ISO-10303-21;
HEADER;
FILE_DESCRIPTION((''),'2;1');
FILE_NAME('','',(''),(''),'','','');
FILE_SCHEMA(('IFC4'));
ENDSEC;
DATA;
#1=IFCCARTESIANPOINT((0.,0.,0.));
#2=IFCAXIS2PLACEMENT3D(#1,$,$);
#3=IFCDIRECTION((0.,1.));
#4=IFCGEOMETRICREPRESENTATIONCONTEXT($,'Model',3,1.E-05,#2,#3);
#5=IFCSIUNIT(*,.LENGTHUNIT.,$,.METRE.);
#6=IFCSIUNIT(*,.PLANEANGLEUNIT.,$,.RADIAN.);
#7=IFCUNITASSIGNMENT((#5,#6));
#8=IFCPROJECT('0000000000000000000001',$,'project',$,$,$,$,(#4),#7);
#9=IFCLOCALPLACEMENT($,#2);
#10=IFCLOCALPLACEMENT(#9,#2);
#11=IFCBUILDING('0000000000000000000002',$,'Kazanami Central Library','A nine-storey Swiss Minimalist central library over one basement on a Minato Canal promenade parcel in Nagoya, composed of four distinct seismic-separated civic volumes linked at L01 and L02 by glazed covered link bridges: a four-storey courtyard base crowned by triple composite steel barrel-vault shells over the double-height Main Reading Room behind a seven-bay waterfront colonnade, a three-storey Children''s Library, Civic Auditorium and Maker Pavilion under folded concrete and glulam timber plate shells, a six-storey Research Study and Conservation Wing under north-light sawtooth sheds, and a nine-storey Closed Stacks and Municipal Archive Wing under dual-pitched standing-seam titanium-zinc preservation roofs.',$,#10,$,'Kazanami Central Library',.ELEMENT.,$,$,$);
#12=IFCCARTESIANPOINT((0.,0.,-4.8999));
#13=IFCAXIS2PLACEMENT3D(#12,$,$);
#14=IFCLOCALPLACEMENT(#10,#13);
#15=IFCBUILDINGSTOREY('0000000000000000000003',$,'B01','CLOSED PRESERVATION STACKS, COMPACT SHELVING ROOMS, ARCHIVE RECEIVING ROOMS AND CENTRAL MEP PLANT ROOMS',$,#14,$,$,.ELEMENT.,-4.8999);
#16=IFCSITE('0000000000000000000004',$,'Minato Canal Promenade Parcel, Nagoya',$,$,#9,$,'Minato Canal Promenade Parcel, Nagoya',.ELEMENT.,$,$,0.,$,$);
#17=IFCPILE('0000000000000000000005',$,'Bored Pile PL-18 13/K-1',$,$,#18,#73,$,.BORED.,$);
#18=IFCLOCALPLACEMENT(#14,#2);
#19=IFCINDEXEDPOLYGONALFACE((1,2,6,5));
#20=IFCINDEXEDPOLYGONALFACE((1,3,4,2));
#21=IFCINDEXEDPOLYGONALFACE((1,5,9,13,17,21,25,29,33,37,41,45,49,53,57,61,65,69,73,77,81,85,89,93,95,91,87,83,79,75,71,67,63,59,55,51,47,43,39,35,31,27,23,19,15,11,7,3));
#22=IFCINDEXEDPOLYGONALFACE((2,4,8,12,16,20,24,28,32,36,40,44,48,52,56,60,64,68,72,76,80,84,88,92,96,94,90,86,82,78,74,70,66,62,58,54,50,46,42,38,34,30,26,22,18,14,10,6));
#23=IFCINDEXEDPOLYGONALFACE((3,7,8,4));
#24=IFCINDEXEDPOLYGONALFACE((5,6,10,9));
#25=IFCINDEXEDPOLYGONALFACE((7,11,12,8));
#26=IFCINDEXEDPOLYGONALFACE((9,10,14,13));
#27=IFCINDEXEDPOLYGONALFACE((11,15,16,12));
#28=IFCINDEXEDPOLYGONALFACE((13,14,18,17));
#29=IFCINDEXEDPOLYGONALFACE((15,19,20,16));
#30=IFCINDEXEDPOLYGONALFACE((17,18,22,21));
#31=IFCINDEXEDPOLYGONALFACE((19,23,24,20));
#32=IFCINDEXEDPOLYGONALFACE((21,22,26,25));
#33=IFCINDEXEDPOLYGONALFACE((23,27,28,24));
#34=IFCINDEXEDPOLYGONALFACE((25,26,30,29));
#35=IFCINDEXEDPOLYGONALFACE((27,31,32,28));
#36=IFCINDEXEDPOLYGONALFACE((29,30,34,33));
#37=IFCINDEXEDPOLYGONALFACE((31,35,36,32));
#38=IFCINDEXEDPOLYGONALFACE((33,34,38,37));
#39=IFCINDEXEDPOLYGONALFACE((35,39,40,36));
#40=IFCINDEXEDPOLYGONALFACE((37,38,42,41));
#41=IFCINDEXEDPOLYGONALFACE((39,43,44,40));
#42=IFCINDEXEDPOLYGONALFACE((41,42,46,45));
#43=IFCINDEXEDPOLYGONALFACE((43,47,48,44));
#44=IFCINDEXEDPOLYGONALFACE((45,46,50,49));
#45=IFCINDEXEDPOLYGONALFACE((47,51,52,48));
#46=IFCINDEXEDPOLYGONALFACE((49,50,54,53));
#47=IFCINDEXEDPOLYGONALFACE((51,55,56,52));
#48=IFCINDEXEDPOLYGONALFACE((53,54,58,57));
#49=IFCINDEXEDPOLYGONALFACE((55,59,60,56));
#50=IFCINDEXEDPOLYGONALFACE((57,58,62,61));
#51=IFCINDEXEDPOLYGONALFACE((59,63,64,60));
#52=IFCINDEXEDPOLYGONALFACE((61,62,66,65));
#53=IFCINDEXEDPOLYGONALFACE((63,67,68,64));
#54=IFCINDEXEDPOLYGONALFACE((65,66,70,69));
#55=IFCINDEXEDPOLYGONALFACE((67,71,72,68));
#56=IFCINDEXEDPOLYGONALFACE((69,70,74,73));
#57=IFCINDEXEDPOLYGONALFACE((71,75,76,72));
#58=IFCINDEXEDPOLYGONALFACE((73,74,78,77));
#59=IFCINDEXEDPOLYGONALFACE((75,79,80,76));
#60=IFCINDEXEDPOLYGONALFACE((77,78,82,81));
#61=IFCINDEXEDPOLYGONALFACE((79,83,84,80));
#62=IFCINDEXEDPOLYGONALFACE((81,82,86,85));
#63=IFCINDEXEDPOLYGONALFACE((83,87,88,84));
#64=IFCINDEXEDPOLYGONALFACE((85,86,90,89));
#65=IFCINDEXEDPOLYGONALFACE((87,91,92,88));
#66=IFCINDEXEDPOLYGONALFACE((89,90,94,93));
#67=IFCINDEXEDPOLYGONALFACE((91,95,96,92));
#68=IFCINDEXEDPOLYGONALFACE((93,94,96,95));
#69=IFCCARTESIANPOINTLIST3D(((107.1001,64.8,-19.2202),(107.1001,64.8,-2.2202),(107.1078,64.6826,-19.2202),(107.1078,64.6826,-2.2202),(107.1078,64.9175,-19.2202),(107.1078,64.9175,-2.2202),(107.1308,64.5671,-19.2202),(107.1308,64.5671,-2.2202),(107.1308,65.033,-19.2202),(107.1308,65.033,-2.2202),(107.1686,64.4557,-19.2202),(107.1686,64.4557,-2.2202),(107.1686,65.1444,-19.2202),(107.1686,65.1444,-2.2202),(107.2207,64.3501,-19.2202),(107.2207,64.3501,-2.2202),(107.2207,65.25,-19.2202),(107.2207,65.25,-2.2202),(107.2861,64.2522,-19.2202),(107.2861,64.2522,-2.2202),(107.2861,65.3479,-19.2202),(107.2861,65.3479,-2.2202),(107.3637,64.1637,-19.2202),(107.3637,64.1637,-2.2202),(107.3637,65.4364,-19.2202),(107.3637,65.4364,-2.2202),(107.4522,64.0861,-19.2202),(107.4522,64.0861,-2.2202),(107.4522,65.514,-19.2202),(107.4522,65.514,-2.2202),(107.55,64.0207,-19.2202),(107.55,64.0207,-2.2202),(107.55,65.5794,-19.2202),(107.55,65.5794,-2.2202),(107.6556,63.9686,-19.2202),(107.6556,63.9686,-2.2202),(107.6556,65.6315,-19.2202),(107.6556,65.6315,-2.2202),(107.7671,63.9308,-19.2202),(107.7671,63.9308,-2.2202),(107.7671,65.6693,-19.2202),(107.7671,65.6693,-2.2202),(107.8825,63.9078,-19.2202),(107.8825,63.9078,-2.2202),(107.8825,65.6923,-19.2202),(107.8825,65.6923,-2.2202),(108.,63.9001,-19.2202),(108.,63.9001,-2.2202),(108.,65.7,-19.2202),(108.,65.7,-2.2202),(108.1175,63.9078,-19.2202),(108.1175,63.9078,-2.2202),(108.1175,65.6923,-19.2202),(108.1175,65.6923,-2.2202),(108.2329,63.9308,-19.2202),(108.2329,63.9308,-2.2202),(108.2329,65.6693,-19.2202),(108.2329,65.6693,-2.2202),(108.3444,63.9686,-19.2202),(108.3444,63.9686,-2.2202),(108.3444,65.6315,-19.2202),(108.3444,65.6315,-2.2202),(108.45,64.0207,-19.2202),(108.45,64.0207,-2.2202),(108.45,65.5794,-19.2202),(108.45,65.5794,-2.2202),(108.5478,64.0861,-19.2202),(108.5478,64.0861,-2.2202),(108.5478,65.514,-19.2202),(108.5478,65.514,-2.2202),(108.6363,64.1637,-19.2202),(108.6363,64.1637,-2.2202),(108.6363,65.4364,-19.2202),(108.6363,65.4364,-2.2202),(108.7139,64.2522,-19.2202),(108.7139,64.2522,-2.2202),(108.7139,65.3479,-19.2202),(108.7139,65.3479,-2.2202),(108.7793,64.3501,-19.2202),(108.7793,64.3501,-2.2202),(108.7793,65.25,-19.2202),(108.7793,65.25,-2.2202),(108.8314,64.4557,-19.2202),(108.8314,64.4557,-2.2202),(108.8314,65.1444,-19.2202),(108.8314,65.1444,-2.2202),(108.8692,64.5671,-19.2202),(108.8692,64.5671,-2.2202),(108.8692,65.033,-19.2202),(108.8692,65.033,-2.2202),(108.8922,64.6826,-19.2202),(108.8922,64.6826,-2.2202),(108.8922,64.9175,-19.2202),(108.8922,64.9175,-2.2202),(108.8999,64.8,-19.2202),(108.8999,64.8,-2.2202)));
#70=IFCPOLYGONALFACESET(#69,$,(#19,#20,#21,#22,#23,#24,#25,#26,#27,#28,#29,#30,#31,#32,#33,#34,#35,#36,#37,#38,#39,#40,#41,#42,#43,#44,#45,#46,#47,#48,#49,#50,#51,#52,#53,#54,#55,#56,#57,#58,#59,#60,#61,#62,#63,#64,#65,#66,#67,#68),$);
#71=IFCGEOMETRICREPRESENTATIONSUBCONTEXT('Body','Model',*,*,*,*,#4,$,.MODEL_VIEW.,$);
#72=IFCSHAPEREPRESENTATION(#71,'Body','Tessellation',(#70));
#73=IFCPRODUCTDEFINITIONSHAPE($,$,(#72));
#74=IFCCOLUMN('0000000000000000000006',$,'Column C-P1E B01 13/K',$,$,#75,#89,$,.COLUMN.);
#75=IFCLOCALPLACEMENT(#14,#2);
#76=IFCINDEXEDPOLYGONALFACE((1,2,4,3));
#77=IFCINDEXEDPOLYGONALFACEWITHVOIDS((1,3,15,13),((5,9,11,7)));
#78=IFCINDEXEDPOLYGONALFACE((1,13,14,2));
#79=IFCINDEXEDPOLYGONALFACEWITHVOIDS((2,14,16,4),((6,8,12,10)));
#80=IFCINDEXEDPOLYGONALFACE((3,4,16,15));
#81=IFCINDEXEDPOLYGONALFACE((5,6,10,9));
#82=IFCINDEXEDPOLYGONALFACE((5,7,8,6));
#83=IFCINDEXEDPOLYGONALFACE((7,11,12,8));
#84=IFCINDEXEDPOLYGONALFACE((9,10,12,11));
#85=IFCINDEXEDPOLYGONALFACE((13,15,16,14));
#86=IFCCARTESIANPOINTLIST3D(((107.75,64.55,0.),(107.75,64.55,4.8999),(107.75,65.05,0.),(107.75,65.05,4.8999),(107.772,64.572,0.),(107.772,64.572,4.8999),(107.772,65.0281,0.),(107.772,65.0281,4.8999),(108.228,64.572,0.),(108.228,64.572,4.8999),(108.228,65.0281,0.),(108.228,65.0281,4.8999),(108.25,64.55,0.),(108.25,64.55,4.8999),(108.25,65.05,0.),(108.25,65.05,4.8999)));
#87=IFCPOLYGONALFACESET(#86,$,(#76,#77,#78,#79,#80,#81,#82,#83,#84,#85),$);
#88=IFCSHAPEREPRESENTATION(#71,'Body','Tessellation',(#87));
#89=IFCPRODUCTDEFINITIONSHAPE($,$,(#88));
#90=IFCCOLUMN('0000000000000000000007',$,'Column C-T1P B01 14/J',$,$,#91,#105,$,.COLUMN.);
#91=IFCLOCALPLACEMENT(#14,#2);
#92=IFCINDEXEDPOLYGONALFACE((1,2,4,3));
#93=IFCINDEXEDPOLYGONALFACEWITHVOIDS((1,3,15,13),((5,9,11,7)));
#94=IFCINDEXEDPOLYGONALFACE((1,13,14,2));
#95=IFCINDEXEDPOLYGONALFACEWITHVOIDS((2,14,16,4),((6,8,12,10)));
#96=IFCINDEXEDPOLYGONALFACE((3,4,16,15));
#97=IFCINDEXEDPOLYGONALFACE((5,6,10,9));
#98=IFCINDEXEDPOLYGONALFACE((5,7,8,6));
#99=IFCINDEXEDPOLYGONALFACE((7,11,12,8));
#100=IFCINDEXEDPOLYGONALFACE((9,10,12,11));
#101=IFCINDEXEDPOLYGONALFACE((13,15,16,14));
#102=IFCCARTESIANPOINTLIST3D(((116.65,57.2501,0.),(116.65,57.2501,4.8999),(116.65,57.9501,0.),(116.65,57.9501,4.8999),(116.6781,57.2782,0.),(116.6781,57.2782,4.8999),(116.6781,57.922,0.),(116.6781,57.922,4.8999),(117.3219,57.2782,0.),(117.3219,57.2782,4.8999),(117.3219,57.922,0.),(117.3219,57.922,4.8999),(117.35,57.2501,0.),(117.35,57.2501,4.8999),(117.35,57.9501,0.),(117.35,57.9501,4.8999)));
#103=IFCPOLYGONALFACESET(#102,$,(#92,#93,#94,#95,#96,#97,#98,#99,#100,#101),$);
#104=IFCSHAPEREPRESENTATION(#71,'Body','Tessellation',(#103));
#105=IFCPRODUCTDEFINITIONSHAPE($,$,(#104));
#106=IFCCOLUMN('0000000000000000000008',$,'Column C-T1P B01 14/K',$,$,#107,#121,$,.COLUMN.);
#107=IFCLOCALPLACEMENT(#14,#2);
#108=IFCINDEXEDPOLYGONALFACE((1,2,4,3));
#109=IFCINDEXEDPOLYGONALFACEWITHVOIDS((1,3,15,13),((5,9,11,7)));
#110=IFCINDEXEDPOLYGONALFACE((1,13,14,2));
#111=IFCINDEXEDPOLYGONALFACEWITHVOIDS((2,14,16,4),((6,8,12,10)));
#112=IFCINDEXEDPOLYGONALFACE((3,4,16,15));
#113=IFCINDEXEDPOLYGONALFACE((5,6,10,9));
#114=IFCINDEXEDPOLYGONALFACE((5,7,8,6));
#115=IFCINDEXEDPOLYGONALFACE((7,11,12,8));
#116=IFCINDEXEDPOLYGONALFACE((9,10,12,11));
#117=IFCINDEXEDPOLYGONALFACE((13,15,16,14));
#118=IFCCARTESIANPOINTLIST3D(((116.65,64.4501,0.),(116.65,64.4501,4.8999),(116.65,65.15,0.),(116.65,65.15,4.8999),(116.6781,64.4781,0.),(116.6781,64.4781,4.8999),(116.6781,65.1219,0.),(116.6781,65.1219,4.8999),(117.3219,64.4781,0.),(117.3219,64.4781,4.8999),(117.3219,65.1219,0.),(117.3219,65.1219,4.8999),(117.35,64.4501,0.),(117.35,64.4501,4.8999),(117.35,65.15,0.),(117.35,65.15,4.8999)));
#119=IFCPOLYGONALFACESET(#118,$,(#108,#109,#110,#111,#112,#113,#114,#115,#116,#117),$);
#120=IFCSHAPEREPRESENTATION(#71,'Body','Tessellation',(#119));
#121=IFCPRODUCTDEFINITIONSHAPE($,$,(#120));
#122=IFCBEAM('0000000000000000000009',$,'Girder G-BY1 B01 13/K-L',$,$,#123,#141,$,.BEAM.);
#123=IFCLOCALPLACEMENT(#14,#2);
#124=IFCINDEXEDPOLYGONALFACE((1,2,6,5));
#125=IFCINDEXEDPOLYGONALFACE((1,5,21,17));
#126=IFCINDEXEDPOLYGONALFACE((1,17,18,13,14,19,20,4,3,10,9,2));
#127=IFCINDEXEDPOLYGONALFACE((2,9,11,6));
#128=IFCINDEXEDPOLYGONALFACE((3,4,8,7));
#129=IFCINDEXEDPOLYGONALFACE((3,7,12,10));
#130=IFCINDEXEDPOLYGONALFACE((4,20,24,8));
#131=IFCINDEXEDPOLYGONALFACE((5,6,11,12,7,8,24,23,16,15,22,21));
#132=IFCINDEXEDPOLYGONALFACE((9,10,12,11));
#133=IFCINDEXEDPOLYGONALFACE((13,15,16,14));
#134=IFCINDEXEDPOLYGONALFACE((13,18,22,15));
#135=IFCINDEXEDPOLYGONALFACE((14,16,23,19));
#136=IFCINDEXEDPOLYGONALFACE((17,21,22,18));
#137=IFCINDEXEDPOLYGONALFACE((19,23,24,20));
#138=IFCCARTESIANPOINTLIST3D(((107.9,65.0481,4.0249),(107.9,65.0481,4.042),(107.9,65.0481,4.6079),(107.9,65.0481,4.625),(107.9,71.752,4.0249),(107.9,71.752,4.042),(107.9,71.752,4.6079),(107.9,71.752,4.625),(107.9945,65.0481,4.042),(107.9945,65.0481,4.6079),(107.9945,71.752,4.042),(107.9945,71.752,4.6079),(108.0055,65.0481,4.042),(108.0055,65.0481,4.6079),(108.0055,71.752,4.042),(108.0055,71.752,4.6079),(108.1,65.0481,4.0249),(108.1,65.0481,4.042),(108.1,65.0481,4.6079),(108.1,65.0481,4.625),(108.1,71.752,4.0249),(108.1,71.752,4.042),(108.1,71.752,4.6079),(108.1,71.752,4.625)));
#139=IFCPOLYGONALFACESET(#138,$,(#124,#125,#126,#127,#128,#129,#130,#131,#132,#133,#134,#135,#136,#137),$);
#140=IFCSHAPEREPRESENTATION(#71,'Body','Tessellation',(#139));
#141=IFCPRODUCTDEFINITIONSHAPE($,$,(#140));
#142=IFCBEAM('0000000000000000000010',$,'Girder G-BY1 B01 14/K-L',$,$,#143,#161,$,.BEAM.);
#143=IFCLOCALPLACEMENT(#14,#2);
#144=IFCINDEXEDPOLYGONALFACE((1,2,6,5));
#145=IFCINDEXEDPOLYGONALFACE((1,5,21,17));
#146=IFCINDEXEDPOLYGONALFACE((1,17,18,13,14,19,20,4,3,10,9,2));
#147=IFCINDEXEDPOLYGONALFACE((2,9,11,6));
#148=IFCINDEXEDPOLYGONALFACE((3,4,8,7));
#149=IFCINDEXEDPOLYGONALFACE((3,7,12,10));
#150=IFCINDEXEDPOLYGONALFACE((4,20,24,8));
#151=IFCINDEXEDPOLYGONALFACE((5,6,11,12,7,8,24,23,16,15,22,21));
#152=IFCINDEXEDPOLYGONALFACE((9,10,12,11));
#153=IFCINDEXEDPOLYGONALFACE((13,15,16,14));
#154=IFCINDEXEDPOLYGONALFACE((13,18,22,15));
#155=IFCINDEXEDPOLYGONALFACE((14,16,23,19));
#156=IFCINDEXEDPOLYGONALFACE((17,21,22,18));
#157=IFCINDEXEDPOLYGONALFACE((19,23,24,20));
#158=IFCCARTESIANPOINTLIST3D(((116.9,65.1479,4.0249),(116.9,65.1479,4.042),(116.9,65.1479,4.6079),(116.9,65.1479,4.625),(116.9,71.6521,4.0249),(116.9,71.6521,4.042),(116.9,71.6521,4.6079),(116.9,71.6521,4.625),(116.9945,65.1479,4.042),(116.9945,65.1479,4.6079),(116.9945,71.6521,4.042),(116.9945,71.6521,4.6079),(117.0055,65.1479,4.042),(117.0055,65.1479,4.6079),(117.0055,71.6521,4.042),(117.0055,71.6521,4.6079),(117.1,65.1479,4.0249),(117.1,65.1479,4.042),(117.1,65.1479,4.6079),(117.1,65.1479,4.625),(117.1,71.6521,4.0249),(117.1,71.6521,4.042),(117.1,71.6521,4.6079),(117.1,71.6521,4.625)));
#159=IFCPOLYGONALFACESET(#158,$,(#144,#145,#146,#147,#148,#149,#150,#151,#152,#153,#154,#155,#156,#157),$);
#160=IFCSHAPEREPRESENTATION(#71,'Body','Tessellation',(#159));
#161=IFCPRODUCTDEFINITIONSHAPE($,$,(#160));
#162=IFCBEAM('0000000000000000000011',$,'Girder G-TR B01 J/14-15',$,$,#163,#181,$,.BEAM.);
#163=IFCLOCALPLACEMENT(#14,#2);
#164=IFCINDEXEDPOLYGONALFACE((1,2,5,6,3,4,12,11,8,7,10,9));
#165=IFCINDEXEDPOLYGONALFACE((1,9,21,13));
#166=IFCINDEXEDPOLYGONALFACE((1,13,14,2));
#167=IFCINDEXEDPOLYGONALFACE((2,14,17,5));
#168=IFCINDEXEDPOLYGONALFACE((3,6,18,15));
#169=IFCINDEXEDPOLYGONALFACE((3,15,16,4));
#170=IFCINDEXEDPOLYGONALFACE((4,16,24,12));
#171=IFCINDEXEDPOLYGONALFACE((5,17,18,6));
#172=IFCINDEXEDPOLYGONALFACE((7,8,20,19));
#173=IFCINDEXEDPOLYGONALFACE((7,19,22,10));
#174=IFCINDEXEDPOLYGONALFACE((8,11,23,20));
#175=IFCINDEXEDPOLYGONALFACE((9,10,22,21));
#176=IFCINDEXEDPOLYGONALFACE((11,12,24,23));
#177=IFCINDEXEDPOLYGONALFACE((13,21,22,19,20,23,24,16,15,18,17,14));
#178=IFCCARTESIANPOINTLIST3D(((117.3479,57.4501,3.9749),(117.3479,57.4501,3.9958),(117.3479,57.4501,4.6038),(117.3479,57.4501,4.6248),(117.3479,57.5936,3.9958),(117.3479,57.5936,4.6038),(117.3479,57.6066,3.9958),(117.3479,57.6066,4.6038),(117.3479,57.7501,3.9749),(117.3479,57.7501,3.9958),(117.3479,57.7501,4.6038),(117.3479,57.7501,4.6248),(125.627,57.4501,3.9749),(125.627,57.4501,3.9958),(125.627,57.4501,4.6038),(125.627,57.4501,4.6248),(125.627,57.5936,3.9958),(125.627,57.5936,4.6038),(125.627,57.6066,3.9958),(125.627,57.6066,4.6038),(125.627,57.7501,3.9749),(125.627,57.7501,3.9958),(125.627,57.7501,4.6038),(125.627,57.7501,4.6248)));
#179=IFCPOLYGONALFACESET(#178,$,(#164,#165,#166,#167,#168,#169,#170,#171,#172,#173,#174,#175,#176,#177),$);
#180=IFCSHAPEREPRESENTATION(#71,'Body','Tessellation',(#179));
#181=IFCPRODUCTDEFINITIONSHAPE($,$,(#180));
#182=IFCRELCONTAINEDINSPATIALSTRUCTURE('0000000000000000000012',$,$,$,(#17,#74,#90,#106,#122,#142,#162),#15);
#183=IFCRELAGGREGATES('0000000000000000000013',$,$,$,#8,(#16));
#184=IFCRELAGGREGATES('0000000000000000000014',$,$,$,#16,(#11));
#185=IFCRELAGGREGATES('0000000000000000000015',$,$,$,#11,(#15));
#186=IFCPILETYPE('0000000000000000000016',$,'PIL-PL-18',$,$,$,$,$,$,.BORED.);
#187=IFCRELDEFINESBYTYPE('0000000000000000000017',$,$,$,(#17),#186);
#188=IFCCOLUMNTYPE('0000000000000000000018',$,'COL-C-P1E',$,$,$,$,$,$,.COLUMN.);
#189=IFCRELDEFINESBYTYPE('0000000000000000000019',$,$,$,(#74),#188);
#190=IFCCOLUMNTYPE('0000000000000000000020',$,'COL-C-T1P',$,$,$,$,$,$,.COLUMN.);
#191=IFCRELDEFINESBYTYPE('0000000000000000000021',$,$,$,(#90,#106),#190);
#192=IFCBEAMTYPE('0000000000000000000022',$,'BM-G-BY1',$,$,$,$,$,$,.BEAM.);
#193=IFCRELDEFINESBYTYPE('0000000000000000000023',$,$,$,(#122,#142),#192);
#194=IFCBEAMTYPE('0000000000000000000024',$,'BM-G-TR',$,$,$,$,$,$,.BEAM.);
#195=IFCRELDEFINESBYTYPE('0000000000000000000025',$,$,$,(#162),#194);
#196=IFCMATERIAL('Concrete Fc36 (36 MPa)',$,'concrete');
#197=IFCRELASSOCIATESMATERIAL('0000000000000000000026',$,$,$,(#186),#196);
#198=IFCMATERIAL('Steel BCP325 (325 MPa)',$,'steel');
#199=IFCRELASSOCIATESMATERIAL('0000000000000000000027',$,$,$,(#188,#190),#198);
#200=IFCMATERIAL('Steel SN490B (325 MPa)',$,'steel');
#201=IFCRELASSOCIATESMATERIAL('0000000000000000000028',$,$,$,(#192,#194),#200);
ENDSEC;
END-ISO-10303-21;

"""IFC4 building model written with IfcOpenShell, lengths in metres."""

from ifc_helpers import new_model, si_unit, direction, frame, origin, origin_2d, place, context, subcontext, project, spatial, hollow_rectangle, circle, i_section, extrude, material, material_profile, profile_set, type_object, element, save


model = new_model("IFC4")

# Units and contexts
model_context = context("Model", 3, precision=1e-05, world=origin(), true_north=direction((0.0, 1.0)))
body_context = subcontext(model_context, "Body", "Model", "MODEL_VIEW")
ifc_project = project(units=[si_unit("LENGTHUNIT", "METRE"), si_unit("PLANEANGLEUNIT", "RADIAN")], contexts=[model_context])

# Site, building, storey
site_placement = place(None, origin())
site = spatial("IfcSite", under=ifc_project, at=site_placement, Name="Minato Canal Promenade Parcel, Nagoya", LongName="Minato Canal Promenade Parcel, Nagoya", CompositionType="ELEMENT", RefElevation=0.0)
building_placement = place(site_placement, origin())
building = spatial("IfcBuilding", under=site, at=building_placement, Name="Kazanami Central Library", Description="A nine-storey Swiss Minimalist central library over one basement on a Minato Canal promenade parcel in Nagoya, composed of four distinct seismic-separated civic volumes linked at L01 and L02 by glazed covered link bridges: a four-storey courtyard base crowned by triple composite steel barrel-vault shells over the double-height Main Reading Room behind a seven-bay waterfront colonnade, a three-storey Children's Library, Civic Auditorium and Maker Pavilion under folded concrete and glulam timber plate shells, a six-storey Research Study and Conservation Wing under north-light sawtooth sheds, and a nine-storey Closed Stacks and Municipal Archive Wing under dual-pitched standing-seam titanium-zinc preservation roofs.", LongName="Kazanami Central Library", CompositionType="ELEMENT")
storey_placement = place(building_placement, frame((0.0, 0.0, -4.8999)))
storey = spatial("IfcBuildingStorey", under=building, at=storey_placement, Name="B01", Description="CLOSED PRESERVATION STACKS, COMPACT SHELVING ROOMS, ARCHIVE RECEIVING ROOMS AND CENTRAL MEP PLANT ROOMS", CompositionType="ELEMENT", Elevation=-4.8999)

# Shared definitions
ifc_material_1 = material(Name="Concrete Fc36 (36 MPa)", Category="concrete")

# Pile
ifc_material_profile_1 = material_profile(ifc_material_1, circle(Radius=0.8999, at=origin_2d()), Name="BORED-D1800")
ifc_profile_set_1 = profile_set([ifc_material_profile_1], Name="Concrete Fc36 (36 MPa)")
pile_type_1 = type_object("IfcPileType", Name="PIL-PL-18", PredefinedType="BORED", material=ifc_profile_set_1)
pile_placement = place(storey_placement, frame((108.0, 64.8, -2.2202), z_axis=(0.0, 0.0, -1.0), x_axis=(1.0, 0.0, 0.0)))
element("IfcPile", 1, at=pile_placement, inside=storey, type_object=pile_type_1, Name="Bored Pile PL-18 13/K-1", PredefinedType="BORED", context=body_context, shape_type="SweptSolid", body=[
    extrude(circle(Radius=0.8999, at=origin_2d()), origin(), (0.0, 0.0, 1.0), 17.0),
])

# Columns
ifc_material_2 = material(Name="Steel BCP325 (325 MPa)", Category="steel")
ifc_material_profile_2 = material_profile(ifc_material_2, hollow_rectangle(XDim=0.5, YDim=0.5, WallThickness=0.022, at=origin_2d()), Name="BCP-500x500x22")
ifc_profile_set_2 = profile_set([ifc_material_profile_2], Name="Steel BCP325 (325 MPa)")
column_type_1 = type_object("IfcColumnType", Name="COL-C-P1E", PredefinedType="COLUMN", material=ifc_profile_set_2)
column_placement = place(storey_placement, frame((108.0, 64.8, 0.0), z_axis=(0.0, 0.0, 1.0), x_axis=(1.0, 0.0, 0.0)))
element("IfcColumn", 2, at=column_placement, inside=storey, type_object=column_type_1, Name="Column C-P1E B01 13/K", PredefinedType="COLUMN", context=body_context, shape_type="SweptSolid", body=[
    extrude(hollow_rectangle(XDim=0.5, YDim=0.5, WallThickness=0.022, at=origin_2d()), origin(), (0.0, 0.0, 1.0), 4.8999),
])
ifc_material_profile_3 = material_profile(ifc_material_2, hollow_rectangle(XDim=0.7, YDim=0.7, WallThickness=0.0281, at=origin_2d()), Name="BCP-700x700x28")
ifc_profile_set_3 = profile_set([ifc_material_profile_3], Name="Steel BCP325 (325 MPa)")
column_type_2 = type_object("IfcColumnType", Name="COL-C-T1P", PredefinedType="COLUMN", material=ifc_profile_set_3)
for number, where, z_axis, x_axis, name in (
    (3, (117.0, 57.6001, 0.0), (0.0, 0.0, 1.0), (1.0, 0.0, 0.0), "Column C-T1P B01 14/J"),
    (4, (117.0, 64.8, 0.0), (0.0, 0.0, 1.0), (1.0, 0.0, 0.0), "Column C-T1P B01 14/K"),
):
    element("IfcColumn", number, at=place(storey_placement, frame(where, z_axis=z_axis, x_axis=x_axis)), inside=storey, type_object=column_type_2, Name=name, PredefinedType="COLUMN", context=body_context, shape_type="SweptSolid", body=[
        extrude(hollow_rectangle(XDim=0.7, YDim=0.7, WallThickness=0.0281, at=origin_2d()), origin(), (0.0, 0.0, 1.0), 4.8999),
    ])

# Beams
ifc_material_3 = material(Name="Steel SN490B (325 MPa)", Category="steel")
ifc_material_profile_4 = material_profile(ifc_material_3, i_section(OverallWidth=0.2, OverallDepth=0.6001, WebThickness=0.011, FlangeThickness=0.0171, at=origin_2d()), Name="H-600x200x11x17")
ifc_profile_set_4 = profile_set([ifc_material_profile_4], Name="Steel SN490B (325 MPa)")
beam_type_1 = type_object("IfcBeamType", Name="BM-G-BY1", PredefinedType="BEAM", material=ifc_profile_set_4)
beam_1_placement = place(storey_placement, frame((108.0, 65.0481, 4.325), z_axis=(0.0, 1.0, 0.0), x_axis=(-1.0, 0.0, 0.0)))
element("IfcBeam", 5, at=beam_1_placement, inside=storey, type_object=beam_type_1, Name="Girder G-BY1 B01 13/K-L", PredefinedType="BEAM", context=body_context, shape_type="SweptSolid", body=[
    extrude(i_section(OverallWidth=0.2, OverallDepth=0.6001, WebThickness=0.011, FlangeThickness=0.0171, at=origin_2d()), origin(), (0.0, 0.0, 1.0), 6.7039),
])
beam_2_placement = place(storey_placement, frame((117.0, 65.1479, 4.325), z_axis=(0.0, 1.0, 0.0), x_axis=(-1.0, 0.0, 0.0)))
element("IfcBeam", 6, at=beam_2_placement, inside=storey, type_object=beam_type_1, Name="Girder G-BY1 B01 14/K-L", PredefinedType="BEAM", context=body_context, shape_type="SweptSolid", body=[
    extrude(i_section(OverallWidth=0.2, OverallDepth=0.6001, WebThickness=0.011, FlangeThickness=0.0171, at=origin_2d()), origin(), (0.0, 0.0, 1.0), 6.5042),
])
ifc_material_profile_5 = material_profile(ifc_material_3, i_section(OverallWidth=0.3, OverallDepth=0.6499, WebThickness=0.0129, FlangeThickness=0.021, at=origin_2d()), Name="H-650x300x13x21")
ifc_profile_set_5 = profile_set([ifc_material_profile_5], Name="Steel SN490B (325 MPa)")
beam_type_2 = type_object("IfcBeamType", Name="BM-G-TR", PredefinedType="BEAM", material=ifc_profile_set_5)
for number, where, z_axis, x_axis, name in (
    (7, (117.3479, 57.6001, 4.2998), (1.0, 0.0, 0.0), (0.0, 1.0, 0.0), "Girder G-TR B01 J/14-15"),
):
    element("IfcBeam", number, at=place(storey_placement, frame(where, z_axis=z_axis, x_axis=x_axis)), inside=storey, type_object=beam_type_2, Name=name, PredefinedType="BEAM", context=body_context, shape_type="SweptSolid", body=[
        extrude(i_section(OverallWidth=0.3, OverallDepth=0.6499, WebThickness=0.0129, FlangeThickness=0.021, at=origin_2d()), origin(), (0.0, 0.0, 1.0), 8.2791),
    ])

save(model, "model.ifc")
